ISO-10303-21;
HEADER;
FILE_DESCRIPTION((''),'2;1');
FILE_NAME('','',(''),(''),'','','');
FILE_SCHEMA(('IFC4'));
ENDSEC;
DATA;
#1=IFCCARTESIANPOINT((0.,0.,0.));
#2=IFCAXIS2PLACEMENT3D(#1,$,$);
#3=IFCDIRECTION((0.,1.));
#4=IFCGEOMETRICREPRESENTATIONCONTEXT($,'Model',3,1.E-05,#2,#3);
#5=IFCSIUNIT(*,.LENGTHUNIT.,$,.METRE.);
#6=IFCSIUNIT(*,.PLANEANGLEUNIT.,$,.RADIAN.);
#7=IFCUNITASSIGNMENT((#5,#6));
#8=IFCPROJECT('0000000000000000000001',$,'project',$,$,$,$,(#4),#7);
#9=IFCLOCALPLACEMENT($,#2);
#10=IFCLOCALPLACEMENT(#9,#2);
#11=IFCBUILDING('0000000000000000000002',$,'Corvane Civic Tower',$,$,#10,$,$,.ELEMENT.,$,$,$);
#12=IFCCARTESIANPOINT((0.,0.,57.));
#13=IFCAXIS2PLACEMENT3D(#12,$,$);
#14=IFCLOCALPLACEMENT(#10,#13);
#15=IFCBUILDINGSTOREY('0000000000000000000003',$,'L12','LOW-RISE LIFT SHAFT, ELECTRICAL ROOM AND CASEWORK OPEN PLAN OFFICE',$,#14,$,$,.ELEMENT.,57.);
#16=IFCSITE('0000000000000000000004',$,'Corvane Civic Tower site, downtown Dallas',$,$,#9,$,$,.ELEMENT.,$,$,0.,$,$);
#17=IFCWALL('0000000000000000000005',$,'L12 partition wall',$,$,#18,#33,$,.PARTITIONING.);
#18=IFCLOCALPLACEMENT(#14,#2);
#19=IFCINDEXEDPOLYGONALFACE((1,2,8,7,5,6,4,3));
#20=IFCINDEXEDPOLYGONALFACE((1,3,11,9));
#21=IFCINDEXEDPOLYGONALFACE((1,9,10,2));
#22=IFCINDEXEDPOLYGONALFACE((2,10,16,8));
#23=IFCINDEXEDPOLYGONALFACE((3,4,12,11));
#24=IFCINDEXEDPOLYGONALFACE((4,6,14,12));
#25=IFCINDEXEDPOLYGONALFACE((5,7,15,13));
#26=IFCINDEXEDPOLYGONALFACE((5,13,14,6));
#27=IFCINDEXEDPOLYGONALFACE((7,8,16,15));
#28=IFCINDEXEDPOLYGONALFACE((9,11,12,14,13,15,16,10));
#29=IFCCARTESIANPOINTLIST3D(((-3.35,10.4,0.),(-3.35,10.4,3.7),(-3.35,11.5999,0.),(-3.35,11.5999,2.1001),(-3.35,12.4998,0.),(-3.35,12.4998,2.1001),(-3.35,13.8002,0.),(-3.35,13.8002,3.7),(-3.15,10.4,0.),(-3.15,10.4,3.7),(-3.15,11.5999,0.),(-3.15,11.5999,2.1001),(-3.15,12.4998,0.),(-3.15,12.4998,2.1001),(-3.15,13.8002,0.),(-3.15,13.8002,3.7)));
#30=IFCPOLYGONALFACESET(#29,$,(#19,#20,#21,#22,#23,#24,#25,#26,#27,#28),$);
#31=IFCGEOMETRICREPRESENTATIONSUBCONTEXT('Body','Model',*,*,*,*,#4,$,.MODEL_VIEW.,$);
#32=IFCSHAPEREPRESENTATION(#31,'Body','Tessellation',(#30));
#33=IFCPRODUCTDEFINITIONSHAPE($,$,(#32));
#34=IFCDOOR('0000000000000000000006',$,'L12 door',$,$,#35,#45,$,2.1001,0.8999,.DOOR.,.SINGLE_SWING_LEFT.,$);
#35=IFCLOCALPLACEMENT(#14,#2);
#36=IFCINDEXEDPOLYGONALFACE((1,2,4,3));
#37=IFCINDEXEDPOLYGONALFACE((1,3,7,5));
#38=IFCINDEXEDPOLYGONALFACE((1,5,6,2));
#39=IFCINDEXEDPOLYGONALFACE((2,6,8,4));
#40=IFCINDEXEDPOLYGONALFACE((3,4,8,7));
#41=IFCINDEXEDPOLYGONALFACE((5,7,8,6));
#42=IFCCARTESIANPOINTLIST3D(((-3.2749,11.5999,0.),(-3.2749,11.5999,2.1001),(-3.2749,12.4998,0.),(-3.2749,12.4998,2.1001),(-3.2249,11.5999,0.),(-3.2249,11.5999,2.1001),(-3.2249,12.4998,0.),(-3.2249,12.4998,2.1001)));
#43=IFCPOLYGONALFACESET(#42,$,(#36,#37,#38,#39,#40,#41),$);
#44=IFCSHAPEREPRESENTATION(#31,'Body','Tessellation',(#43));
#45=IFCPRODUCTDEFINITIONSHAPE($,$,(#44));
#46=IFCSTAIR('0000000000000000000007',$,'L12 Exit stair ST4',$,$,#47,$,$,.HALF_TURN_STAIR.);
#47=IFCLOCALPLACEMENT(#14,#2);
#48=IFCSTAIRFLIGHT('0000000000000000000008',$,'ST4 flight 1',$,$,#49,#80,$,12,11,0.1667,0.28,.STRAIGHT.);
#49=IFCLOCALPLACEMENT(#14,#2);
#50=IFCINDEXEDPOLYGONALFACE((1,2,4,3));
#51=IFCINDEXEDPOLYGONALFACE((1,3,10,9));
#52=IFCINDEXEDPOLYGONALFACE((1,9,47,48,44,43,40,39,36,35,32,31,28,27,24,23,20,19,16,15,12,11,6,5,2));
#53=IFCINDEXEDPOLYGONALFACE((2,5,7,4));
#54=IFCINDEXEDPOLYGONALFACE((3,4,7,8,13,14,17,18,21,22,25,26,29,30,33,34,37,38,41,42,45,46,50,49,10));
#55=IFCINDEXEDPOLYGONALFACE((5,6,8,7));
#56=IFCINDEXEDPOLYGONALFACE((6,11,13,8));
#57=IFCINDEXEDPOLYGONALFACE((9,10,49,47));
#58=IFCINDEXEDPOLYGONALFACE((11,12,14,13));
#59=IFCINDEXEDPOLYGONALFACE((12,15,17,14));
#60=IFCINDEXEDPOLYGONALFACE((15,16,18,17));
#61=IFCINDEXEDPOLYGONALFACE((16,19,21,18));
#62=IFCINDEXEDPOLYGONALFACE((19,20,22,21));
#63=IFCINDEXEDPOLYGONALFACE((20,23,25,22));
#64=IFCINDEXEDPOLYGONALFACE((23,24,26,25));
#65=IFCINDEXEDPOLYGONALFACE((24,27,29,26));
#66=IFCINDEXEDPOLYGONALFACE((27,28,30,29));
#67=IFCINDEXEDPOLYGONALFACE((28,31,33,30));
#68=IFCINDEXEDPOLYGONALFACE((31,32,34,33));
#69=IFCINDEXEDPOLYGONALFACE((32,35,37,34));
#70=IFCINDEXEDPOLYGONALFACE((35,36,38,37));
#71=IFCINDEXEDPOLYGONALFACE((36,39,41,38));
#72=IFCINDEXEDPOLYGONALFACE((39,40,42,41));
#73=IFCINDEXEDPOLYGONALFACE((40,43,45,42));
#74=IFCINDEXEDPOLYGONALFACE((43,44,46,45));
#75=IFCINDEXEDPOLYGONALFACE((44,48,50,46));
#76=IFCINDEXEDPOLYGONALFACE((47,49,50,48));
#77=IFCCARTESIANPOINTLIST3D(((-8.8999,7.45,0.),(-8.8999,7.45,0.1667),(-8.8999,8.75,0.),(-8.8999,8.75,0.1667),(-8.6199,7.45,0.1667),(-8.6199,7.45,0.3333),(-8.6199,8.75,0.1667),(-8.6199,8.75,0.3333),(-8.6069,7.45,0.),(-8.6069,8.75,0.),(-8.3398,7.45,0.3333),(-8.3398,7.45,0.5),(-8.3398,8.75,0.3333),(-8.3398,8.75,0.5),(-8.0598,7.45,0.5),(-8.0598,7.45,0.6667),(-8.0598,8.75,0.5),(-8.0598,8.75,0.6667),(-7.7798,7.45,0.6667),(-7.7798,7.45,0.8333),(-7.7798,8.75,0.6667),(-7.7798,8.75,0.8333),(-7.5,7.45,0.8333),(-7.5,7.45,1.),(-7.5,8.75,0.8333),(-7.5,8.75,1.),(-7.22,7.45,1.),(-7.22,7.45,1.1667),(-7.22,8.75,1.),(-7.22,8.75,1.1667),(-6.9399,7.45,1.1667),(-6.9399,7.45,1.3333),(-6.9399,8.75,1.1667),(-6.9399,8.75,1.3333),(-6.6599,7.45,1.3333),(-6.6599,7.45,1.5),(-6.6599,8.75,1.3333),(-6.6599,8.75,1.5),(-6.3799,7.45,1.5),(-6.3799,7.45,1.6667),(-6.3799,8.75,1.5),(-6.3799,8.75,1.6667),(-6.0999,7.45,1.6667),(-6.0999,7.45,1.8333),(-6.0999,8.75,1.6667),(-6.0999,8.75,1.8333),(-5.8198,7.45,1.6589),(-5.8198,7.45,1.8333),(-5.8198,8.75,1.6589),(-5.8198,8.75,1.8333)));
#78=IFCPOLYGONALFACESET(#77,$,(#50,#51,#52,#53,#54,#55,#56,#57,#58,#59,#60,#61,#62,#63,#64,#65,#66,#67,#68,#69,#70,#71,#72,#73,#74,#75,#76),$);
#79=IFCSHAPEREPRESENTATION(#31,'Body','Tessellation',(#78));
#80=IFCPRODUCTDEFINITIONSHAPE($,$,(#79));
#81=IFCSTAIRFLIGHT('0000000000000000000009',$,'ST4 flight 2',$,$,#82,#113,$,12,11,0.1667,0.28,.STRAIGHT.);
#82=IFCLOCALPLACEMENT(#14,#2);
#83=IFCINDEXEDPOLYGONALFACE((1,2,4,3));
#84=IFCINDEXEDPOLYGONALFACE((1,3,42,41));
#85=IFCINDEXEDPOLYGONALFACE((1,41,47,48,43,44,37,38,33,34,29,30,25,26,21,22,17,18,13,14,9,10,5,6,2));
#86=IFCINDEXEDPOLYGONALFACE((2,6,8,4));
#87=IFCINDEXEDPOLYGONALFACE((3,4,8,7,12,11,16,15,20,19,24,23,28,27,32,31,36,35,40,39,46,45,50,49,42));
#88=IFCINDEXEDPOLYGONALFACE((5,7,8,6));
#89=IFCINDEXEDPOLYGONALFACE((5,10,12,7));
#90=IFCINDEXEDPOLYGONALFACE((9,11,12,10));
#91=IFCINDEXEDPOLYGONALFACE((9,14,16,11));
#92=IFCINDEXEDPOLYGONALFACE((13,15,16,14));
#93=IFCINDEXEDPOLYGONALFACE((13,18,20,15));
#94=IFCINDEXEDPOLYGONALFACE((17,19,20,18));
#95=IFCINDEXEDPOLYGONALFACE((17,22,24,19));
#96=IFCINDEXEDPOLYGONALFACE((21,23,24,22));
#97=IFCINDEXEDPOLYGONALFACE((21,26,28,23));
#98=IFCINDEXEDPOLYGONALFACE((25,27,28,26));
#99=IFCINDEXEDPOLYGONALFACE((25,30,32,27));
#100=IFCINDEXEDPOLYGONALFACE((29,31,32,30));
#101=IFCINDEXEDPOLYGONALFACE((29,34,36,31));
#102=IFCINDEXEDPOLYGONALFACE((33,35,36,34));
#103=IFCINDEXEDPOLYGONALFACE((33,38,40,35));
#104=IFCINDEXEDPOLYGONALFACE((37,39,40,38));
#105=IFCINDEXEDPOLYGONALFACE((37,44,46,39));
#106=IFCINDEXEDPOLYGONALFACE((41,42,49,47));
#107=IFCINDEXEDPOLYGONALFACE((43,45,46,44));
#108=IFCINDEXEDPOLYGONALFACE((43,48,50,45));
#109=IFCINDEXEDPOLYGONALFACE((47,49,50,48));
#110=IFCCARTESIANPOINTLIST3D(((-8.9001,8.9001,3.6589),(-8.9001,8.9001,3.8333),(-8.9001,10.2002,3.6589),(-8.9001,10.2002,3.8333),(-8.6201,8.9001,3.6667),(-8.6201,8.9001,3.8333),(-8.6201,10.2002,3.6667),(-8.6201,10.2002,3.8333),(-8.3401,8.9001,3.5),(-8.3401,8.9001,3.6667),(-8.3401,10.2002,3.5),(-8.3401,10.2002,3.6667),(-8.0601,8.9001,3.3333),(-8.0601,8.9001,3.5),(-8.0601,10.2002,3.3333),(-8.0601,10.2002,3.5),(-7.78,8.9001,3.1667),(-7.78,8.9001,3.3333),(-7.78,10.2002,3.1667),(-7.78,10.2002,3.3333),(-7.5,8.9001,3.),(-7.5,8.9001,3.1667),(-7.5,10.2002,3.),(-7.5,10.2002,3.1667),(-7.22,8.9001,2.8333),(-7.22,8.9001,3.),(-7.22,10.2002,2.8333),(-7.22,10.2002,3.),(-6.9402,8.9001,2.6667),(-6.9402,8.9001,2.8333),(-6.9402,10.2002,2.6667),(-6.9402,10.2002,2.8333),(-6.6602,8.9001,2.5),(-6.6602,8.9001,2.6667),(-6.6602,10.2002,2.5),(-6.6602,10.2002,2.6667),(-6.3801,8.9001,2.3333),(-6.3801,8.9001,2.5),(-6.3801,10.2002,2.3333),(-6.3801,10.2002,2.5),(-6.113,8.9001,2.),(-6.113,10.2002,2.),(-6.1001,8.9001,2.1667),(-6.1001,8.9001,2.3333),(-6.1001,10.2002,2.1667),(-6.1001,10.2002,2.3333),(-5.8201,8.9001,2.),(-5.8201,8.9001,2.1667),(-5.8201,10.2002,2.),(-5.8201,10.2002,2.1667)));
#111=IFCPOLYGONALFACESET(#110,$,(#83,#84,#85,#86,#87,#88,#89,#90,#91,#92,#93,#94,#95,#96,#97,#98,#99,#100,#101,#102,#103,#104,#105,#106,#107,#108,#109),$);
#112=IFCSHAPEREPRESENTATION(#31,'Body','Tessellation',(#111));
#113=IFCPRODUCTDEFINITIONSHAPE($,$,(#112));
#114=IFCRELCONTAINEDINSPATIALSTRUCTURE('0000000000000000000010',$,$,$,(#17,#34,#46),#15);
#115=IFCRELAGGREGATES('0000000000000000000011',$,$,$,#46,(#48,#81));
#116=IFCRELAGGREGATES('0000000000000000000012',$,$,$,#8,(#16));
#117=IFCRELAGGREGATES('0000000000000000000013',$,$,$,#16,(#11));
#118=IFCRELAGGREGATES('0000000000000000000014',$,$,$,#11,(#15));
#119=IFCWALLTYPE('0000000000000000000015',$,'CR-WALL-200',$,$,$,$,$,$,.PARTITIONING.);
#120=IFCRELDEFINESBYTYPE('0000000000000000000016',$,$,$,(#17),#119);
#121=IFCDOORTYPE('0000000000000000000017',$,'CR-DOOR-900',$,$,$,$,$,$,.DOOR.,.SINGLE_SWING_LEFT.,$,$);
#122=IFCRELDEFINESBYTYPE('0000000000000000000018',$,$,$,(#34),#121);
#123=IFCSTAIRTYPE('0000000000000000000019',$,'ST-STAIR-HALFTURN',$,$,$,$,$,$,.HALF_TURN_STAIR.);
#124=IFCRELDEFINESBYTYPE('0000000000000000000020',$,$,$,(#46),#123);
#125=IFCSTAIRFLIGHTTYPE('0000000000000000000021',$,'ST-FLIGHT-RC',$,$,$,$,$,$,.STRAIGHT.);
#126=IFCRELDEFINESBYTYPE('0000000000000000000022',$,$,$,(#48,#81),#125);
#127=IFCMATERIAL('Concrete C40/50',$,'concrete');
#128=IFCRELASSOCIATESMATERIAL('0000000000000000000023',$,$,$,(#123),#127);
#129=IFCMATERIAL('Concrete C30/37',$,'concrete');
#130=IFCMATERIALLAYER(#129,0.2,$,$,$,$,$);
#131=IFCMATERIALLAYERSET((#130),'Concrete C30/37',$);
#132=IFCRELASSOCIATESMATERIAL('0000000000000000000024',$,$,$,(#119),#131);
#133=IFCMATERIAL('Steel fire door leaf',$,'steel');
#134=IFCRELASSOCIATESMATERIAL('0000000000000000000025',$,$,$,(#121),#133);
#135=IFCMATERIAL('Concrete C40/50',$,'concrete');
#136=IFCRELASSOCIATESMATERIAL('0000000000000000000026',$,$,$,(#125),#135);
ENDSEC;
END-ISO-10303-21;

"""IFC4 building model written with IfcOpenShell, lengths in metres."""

from ifc_helpers import new_model, si_unit, direction, frame, frame_2d, origin, place, context, subcontext, project, spatial, polyline, rectangle, outline, extrude, material, layer, layer_set, type_object, element, fill, aggregate, save


model = new_model("IFC4")

# Units and contexts
model_context = context("Model", 3, precision=1e-05, world=origin(), true_north=direction((0.0, 1.0)))
body_context = subcontext(model_context, "Body", "Model", "MODEL_VIEW")
ifc_project = project(units=[si_unit("LENGTHUNIT", "METRE"), si_unit("PLANEANGLEUNIT", "RADIAN")], contexts=[model_context])

# Site, building, storey
site_placement = place(None, origin())
site = spatial("IfcSite", under=ifc_project, at=site_placement, Name="Corvane Civic Tower site, downtown Dallas", CompositionType="ELEMENT", RefElevation=0.0)
building_placement = place(site_placement, origin())
building = spatial("IfcBuilding", under=site, at=building_placement, Name="Corvane Civic Tower", CompositionType="ELEMENT")
storey_placement = place(building_placement, frame((0.0, 0.0, 57.0)))
storey = spatial("IfcBuildingStorey", under=building, at=storey_placement, Name="L12", Description="LOW-RISE LIFT SHAFT, ELECTRICAL ROOM AND CASEWORK OPEN PLAN OFFICE", CompositionType="ELEMENT", Elevation=57.0)

# Shared definitions
ifc_material_1 = material(Name="Concrete C40/50", Category="concrete")
stair_type = type_object("IfcStairType", Name="ST-STAIR-HALFTURN", PredefinedType="HALF_TURN_STAIR", material=ifc_material_1)

# Shared definitions
ifc_material_2 = material(Name="Concrete C30/37", Category="concrete")
ifc_layer_1 = layer(ifc_material_2, 0.2)
ifc_layer_set_1 = layer_set([ifc_layer_1], Name="Concrete C30/37")
wall_type = type_object("IfcWallType", Name="CR-WALL-200", PredefinedType="PARTITIONING", material=ifc_layer_set_1)
ifc_material_3 = material(Name="Steel fire door leaf", Category="steel")
door_type = type_object("IfcDoorType", Name="CR-DOOR-900", OperationType="SINGLE_SWING_LEFT", PredefinedType="DOOR", material=ifc_material_3)

# Wall, opening, door
wall_1_placement = place(storey_placement, frame((-3.25, 10.3999, 0.0), z_axis=(0.0, 0.0, 1.0), x_axis=(0.0, 1.0, 0.0)))
wall_1 = element("IfcWall", 1, at=wall_1_placement, inside=storey, type_object=wall_type, Name="L12 partition wall", PredefinedType="PARTITIONING", context=body_context, shape_type="SweptSolid", body=[
    extrude(rectangle(XDim=3.4001, YDim=0.2, at=frame_2d((1.7002, 0.0))), origin(), (0.0, 0.0, 1.0), 3.7),
])
opening_1_placement = place(wall_1_placement, frame((1.2, 0.0, 0.0)))
opening_1 = element("IfcOpeningElement", 2, at=opening_1_placement, cuts=wall_1, PredefinedType="OPENING", context=body_context, shape_type="SweptSolid", body=[
    extrude(rectangle(XDim=0.8999, YDim=2.1001, at=frame_2d((0.45, 1.05))), frame((0.0, 0.1099, 0.0), z_axis=(0.0, -1.0, 0.0), x_axis=(1.0, 0.0, 0.0)), (0.0, 0.0, 1.0), 0.22),
])
door_1_placement = place(opening_1_placement, origin())
door_1 = element("IfcDoor", 3, at=door_1_placement, inside=storey, type_object=door_type, Name="L12 door", OperationType="SINGLE_SWING_LEFT", OverallHeight=2.1001, OverallWidth=0.8999, PredefinedType="DOOR", context=body_context, shape_type="SweptSolid", body=[
    extrude(rectangle(XDim=0.8999, YDim=2.1001, at=frame_2d((0.45, 1.05))), frame((0.0, 0.0249, 0.0), z_axis=(0.0, -1.0, 0.0), x_axis=(1.0, 0.0, 0.0)), (0.0, 0.0, 1.0), 0.05),
])
fill(opening_1, door_1)

# Stair, stair flights
stair_1_placement = place(storey_placement, origin())
stair_1 = element("IfcStair", 4, at=stair_1_placement, inside=storey, type_object=stair_type, Name="L12 Exit stair ST4", PredefinedType="HALF_TURN_STAIR")
ifc_material_4 = material(Name="Concrete C40/50", Category="concrete")
stair_flight_type = type_object("IfcStairFlightType", Name="ST-FLIGHT-RC", PredefinedType="STRAIGHT", material=ifc_material_4)
stair_flight_1_placement = place(storey_placement, frame((-8.8999, 8.1001, 0.0), z_axis=(0.0, 0.0, 1.0), x_axis=(1.0, 0.0, 0.0)))
stair_flight_1 = element("IfcStairFlight", 5, at=stair_flight_1_placement, type_object=stair_flight_type, Name="ST4 flight 1", NumberOfRisers=12, NumberOfTreads=11, PredefinedType="STRAIGHT", RiserHeight=0.1667, TreadLength=0.28, context=body_context, shape_type="SweptSolid", body=[
    extrude(outline(polyline([(0.0, 0.0), (0.0, 0.1667), (0.28, 0.1667), (0.28, 0.3333), (0.5601, 0.3333), (0.5601, 0.5), (0.8401, 0.5), (0.8401, 0.6667), (1.1201, 0.6667), (1.1201, 0.8333), (1.3999, 0.8333), (1.3999, 1.0), (1.6799, 1.0), (1.6799, 1.1667), (1.96, 1.1667), (1.96, 1.3333), (2.24, 1.3333), (2.24, 1.5), (2.52, 1.5), (2.52, 1.6667), (2.8, 1.6667), (2.8, 1.8333), (3.0801, 1.8333), (3.0801, 2.0), (3.0801, 1.6589), (0.293, 0.0), (0.0, 0.0)])), frame((0.0, 0.6499, 0.0), z_axis=(0.0, -1.0, 0.0), x_axis=(1.0, 0.0, 0.0)), (0.0, 0.0, 1.0), 1.3),
])
stair_flight_2_placement = place(storey_placement, frame((-5.8201, 9.55, 2.0), z_axis=(0.0, 0.0, 1.0), x_axis=(-1.0, 0.0, 0.0)))
stair_flight_2 = element("IfcStairFlight", 6, at=stair_flight_2_placement, type_object=stair_flight_type, Name="ST4 flight 2", NumberOfRisers=12, NumberOfTreads=11, PredefinedType="STRAIGHT", RiserHeight=0.1667, TreadLength=0.28, context=body_context, shape_type="SweptSolid", body=[
    extrude(outline(polyline([(0.0, 0.0), (0.0, 0.1667), (0.28, 0.1667), (0.28, 0.3333), (0.5601, 0.3333), (0.5601, 0.5), (0.8401, 0.5), (0.8401, 0.6667), (1.1201, 0.6667), (1.1201, 0.8333), (1.3999, 0.8333), (1.3999, 1.0), (1.6799, 1.0), (1.6799, 1.1667), (1.96, 1.1667), (1.96, 1.3333), (2.24, 1.3333), (2.24, 1.5), (2.52, 1.5), (2.52, 1.6667), (2.8, 1.6667), (2.8, 1.8333), (3.0801, 1.8333), (3.0801, 2.0), (3.0801, 1.6589), (0.293, 0.0), (0.0, 0.0)])), frame((0.0, 0.6499, 0.0), z_axis=(0.0, -1.0, 0.0), x_axis=(1.0, 0.0, 0.0)), (0.0, 0.0, 1.0), 1.3),
])
aggregate(stair_1, [stair_flight_1, stair_flight_2])

save(model, "model.ifc")
